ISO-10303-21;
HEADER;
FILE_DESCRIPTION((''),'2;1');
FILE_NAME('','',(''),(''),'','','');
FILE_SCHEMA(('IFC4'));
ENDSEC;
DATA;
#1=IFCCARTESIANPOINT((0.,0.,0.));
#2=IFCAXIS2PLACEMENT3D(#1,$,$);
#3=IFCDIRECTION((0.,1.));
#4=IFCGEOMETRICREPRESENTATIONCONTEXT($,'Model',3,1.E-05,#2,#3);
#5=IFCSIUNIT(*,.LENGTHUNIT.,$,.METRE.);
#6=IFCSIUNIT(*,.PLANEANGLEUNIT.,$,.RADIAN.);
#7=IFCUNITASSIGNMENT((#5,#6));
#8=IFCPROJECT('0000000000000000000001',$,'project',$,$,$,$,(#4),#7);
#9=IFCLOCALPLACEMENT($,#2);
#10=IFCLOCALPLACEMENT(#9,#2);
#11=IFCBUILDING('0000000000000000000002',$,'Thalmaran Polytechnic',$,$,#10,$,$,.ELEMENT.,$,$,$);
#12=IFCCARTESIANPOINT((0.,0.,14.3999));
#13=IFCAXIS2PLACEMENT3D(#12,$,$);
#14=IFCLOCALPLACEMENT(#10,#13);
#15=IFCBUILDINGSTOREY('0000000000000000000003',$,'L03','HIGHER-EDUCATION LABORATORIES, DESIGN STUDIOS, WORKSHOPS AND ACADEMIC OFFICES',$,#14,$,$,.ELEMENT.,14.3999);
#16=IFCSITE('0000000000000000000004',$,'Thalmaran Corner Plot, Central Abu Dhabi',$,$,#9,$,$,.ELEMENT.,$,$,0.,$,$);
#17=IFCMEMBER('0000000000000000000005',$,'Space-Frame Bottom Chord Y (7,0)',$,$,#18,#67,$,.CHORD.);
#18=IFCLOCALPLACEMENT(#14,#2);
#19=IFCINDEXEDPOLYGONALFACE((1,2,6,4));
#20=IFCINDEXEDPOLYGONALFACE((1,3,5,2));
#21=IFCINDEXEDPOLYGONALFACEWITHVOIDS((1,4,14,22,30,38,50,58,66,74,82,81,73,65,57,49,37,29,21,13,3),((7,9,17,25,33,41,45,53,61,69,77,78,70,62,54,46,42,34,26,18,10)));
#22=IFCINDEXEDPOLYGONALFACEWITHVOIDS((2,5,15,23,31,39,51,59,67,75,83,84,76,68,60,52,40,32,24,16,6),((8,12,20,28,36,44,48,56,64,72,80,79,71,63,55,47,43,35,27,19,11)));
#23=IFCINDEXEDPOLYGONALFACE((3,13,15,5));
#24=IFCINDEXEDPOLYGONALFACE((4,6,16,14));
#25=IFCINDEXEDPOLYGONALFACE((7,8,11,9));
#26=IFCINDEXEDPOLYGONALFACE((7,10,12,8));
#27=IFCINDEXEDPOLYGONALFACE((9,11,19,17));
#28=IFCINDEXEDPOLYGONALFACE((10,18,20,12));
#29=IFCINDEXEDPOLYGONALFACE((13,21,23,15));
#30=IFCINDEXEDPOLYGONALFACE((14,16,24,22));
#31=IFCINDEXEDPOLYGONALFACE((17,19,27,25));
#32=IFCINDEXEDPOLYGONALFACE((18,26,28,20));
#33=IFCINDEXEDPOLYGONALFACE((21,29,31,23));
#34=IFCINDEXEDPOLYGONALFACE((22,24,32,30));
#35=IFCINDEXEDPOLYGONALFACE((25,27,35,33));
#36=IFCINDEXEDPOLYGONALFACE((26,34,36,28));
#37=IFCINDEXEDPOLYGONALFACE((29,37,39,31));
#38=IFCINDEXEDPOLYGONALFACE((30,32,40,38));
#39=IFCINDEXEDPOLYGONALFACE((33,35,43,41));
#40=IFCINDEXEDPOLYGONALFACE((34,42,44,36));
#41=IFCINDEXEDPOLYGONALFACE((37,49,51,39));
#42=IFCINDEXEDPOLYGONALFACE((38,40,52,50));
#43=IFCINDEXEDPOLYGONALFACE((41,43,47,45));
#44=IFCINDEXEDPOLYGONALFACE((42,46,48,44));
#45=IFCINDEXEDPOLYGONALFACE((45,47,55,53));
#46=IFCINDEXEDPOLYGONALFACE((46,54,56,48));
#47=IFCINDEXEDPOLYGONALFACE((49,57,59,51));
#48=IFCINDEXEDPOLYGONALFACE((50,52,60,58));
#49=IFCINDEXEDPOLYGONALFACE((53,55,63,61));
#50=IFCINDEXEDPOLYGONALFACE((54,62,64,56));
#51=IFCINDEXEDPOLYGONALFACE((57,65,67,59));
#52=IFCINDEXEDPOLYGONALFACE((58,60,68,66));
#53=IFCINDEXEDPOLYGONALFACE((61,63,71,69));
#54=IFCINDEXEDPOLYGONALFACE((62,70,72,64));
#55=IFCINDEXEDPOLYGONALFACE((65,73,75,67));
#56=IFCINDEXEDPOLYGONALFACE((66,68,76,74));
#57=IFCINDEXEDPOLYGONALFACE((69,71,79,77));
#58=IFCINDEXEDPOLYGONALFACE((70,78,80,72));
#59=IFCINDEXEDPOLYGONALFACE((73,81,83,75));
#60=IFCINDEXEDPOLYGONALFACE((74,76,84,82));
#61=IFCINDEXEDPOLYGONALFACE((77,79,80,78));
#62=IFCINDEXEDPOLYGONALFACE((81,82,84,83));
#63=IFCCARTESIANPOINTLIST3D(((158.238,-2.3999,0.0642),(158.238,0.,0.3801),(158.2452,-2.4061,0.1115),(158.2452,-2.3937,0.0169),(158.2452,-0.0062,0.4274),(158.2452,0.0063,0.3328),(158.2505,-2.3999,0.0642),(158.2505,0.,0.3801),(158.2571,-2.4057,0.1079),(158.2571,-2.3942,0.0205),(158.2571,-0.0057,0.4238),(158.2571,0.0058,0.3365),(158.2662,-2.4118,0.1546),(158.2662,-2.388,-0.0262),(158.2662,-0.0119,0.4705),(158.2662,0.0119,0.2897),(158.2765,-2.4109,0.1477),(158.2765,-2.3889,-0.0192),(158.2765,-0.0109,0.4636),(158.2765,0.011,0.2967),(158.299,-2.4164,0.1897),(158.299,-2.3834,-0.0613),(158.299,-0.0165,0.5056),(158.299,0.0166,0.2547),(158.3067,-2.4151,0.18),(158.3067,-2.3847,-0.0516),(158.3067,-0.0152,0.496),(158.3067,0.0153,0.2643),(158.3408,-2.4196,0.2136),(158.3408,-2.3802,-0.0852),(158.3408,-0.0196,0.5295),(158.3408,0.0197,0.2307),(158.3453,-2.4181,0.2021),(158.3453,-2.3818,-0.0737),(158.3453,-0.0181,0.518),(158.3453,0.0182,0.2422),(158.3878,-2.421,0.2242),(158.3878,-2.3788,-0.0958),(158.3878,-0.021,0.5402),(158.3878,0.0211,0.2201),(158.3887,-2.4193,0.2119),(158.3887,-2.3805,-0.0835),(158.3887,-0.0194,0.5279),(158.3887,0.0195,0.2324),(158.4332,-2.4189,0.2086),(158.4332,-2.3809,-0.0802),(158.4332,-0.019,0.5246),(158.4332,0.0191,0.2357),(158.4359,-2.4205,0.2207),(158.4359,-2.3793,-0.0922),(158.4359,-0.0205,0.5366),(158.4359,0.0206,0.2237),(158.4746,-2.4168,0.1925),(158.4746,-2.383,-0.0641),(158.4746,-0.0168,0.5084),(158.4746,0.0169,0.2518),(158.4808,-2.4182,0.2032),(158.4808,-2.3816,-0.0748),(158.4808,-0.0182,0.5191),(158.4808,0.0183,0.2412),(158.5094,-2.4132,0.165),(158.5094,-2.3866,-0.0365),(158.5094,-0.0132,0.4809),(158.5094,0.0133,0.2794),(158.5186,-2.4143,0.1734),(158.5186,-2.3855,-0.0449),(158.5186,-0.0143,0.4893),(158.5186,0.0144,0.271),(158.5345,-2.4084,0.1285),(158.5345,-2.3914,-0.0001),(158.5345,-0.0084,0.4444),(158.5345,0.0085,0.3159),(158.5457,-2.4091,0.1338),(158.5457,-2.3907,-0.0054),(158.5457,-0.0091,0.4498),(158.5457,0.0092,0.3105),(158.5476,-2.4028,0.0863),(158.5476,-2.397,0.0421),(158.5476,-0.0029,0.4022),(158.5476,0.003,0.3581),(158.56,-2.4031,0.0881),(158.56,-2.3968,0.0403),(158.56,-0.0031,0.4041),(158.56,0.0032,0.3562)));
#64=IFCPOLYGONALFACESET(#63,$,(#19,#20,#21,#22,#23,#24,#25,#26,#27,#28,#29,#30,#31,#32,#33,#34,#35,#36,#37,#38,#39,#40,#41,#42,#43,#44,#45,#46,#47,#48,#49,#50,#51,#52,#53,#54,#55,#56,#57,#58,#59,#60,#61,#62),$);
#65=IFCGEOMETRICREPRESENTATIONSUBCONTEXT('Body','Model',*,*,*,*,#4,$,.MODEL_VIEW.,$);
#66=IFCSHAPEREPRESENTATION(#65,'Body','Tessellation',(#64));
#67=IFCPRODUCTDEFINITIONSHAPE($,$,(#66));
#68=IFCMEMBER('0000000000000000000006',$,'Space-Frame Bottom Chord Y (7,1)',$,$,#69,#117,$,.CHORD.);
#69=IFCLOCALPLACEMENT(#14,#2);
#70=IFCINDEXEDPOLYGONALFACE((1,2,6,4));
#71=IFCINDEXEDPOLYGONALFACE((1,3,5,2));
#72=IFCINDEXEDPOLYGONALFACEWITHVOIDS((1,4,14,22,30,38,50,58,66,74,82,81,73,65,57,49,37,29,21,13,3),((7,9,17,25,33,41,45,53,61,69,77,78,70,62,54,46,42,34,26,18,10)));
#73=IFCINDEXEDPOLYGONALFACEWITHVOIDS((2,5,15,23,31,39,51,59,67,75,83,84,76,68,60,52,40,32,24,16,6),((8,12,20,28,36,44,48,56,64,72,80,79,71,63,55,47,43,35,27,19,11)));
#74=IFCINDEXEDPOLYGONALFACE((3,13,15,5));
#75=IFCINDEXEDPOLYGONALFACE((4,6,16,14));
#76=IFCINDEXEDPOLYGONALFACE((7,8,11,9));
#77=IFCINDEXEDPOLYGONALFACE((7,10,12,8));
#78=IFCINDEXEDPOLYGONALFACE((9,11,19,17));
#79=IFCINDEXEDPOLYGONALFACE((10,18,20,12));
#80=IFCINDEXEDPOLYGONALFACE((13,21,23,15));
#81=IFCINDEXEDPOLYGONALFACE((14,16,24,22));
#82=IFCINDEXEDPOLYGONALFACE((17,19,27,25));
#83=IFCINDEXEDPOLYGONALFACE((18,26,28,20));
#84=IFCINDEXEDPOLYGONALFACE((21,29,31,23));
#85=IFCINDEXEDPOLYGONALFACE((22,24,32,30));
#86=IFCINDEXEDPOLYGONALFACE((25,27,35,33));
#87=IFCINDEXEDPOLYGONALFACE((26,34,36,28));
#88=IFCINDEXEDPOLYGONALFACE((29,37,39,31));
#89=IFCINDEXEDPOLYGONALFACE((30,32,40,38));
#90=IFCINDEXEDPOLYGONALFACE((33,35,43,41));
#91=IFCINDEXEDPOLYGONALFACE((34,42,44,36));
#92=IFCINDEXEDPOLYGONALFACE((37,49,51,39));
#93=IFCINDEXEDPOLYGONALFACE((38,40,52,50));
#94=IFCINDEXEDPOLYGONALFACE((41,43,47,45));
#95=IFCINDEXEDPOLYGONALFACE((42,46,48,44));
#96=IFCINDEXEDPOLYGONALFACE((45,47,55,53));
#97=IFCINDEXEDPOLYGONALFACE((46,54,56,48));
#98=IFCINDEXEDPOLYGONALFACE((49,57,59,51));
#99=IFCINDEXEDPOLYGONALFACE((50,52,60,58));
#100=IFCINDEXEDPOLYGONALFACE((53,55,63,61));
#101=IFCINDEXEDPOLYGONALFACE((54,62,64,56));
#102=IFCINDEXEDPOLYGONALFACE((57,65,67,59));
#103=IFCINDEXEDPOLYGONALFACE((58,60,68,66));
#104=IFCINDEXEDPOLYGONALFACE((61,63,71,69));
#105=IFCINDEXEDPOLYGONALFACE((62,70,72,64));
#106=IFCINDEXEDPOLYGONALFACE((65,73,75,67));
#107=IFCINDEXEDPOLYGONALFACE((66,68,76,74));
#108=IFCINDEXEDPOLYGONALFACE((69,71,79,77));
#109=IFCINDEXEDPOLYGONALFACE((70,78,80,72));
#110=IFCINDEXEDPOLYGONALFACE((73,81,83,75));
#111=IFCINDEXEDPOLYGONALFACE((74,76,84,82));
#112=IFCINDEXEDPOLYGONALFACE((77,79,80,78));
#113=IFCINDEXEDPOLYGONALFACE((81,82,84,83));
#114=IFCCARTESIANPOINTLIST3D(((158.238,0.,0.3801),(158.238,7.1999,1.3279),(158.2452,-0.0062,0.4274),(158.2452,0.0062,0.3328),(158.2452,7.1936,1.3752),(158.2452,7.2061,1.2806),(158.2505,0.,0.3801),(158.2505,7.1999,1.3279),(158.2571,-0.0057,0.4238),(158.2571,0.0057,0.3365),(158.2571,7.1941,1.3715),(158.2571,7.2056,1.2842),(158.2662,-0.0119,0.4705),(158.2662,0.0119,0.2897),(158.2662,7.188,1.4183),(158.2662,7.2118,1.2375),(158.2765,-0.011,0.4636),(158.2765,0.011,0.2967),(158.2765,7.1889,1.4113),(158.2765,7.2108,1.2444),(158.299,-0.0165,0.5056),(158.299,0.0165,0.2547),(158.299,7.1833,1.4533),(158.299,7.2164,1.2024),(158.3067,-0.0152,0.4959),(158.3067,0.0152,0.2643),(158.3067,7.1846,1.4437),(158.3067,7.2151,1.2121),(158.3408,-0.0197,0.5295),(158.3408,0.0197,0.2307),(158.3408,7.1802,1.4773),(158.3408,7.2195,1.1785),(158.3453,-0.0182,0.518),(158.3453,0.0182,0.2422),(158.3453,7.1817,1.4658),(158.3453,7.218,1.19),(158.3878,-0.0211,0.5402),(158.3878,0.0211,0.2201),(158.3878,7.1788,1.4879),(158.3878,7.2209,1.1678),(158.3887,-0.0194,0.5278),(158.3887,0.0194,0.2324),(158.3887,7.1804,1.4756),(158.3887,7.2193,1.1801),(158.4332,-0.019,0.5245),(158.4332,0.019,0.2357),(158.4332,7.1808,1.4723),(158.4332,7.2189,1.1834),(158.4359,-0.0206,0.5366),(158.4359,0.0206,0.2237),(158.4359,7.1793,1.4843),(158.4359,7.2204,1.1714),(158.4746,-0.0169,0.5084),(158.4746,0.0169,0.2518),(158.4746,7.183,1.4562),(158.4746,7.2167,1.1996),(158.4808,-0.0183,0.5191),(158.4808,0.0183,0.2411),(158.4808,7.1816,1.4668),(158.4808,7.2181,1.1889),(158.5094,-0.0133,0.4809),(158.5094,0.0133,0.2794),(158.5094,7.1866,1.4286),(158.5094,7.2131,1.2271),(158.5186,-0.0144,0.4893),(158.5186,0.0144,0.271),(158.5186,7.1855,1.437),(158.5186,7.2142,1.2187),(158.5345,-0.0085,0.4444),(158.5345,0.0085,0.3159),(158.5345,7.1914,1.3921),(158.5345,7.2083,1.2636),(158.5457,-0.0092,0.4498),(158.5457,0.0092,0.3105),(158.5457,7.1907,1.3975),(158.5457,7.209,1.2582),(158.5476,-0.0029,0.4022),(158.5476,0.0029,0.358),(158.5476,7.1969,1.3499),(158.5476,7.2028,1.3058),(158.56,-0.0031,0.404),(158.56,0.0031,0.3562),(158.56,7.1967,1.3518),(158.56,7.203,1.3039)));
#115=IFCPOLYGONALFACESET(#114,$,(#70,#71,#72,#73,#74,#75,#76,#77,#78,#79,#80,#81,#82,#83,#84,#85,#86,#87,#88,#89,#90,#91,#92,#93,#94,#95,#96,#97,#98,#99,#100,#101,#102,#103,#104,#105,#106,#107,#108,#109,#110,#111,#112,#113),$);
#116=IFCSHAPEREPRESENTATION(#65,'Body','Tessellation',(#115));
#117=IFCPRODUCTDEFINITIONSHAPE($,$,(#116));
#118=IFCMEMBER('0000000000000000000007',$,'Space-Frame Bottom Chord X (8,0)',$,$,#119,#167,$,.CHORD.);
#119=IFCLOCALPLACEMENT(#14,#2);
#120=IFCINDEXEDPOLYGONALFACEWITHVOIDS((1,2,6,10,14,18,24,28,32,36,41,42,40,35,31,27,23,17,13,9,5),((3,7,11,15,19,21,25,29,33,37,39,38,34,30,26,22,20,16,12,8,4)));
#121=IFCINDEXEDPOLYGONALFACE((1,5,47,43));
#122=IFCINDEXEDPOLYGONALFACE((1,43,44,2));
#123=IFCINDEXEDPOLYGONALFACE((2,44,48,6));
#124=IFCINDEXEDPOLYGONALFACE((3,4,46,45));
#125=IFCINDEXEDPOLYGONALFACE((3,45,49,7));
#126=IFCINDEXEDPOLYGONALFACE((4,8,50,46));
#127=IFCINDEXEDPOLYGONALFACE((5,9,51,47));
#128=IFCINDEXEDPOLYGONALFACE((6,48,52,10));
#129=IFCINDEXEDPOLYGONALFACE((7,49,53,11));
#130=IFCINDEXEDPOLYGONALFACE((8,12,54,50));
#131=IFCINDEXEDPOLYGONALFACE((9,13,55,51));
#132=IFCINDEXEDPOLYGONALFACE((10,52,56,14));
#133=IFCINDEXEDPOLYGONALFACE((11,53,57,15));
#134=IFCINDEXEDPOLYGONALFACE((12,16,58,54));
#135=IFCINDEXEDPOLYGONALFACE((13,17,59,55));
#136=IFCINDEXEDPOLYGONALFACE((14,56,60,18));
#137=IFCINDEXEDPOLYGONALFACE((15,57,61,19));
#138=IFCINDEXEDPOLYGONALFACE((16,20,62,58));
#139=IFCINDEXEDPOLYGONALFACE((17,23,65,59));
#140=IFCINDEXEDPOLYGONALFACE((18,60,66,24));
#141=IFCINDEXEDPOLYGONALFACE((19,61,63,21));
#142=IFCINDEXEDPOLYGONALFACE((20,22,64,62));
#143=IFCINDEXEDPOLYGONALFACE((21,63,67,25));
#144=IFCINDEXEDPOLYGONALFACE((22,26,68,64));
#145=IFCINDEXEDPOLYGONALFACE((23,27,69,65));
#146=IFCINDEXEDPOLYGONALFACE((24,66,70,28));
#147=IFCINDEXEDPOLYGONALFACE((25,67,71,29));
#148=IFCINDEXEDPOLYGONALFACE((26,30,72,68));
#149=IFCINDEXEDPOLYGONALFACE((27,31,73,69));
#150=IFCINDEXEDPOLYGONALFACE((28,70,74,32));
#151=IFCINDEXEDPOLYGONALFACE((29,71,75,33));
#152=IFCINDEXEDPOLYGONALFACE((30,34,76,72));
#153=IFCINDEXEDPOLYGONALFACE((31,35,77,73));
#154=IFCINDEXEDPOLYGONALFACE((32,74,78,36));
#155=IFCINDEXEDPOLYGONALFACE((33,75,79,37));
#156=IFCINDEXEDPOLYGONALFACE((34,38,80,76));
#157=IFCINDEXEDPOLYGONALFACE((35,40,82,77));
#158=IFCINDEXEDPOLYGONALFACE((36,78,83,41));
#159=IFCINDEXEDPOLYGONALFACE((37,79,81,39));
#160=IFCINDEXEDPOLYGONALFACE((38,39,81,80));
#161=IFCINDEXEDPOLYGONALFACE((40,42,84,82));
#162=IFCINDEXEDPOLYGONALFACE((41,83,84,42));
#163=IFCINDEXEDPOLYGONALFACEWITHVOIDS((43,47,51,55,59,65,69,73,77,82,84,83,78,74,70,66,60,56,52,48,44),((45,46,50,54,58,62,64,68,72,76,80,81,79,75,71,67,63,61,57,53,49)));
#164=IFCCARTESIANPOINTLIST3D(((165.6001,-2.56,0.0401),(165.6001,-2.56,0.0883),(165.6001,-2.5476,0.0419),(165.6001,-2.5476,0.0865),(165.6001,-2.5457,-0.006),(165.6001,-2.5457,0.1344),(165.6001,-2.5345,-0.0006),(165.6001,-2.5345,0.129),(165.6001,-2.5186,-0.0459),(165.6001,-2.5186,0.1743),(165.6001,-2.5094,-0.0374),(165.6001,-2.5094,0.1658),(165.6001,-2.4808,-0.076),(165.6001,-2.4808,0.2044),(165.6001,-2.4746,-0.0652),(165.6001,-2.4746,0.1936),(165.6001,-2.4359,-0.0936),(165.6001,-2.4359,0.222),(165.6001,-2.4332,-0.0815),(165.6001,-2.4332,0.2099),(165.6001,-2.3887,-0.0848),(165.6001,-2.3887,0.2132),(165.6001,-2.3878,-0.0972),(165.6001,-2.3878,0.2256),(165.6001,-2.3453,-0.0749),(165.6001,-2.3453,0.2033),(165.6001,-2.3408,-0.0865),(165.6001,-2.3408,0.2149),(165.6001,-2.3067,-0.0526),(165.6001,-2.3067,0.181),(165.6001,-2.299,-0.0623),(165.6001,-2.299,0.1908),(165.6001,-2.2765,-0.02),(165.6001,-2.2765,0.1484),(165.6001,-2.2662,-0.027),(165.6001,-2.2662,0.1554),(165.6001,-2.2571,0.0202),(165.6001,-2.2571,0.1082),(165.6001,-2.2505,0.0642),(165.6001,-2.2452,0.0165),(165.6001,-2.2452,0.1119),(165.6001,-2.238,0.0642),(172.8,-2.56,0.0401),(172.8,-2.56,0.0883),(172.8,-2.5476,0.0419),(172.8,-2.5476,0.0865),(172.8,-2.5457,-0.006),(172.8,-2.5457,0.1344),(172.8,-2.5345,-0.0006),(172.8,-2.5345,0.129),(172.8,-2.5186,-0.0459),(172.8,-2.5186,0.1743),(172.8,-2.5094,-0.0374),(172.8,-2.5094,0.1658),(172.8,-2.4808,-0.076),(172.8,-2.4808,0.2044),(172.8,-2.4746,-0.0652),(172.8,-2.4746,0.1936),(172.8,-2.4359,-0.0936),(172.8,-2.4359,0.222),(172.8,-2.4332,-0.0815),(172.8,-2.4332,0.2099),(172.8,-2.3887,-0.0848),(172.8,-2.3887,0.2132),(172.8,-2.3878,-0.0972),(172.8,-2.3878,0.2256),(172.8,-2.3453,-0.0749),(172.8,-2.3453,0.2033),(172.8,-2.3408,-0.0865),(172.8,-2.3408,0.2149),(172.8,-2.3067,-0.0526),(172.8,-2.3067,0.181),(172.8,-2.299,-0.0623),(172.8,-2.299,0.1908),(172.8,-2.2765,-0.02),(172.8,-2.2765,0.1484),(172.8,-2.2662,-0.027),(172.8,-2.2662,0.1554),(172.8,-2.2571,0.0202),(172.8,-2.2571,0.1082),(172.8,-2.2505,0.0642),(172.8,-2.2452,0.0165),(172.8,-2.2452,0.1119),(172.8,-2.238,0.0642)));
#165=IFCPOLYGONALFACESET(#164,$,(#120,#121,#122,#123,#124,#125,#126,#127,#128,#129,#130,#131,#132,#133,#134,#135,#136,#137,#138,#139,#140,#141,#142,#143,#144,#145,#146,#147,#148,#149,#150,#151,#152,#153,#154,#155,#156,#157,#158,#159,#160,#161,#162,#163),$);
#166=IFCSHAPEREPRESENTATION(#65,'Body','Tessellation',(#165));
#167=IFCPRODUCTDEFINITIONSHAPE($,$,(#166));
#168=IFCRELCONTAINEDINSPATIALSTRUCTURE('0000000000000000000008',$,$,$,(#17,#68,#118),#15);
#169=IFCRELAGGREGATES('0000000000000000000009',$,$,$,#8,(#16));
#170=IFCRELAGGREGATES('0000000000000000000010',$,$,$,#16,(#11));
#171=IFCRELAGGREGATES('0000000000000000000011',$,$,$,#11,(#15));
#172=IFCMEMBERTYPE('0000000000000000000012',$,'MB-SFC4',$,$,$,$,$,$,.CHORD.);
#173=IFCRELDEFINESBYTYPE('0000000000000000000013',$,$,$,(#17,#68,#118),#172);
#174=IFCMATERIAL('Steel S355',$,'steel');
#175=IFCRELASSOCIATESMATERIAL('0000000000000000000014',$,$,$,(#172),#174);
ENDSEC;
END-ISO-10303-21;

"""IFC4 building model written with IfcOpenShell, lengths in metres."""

from ifc_helpers import new_model, si_unit, direction, frame, origin, origin_2d, place, context, subcontext, project, spatial, hollow_circle, extrude, material, material_profile, profile_set, type_object, element, save


model = new_model("IFC4")

# Units and contexts
model_context = context("Model", 3, precision=1e-05, world=origin(), true_north=direction((0.0, 1.0)))
body_context = subcontext(model_context, "Body", "Model", "MODEL_VIEW")
ifc_project = project(units=[si_unit("LENGTHUNIT", "METRE"), si_unit("PLANEANGLEUNIT", "RADIAN")], contexts=[model_context])

# Site, building, storey
site_placement = place(None, origin())
site = spatial("IfcSite", under=ifc_project, at=site_placement, Name="Thalmaran Corner Plot, Central Abu Dhabi", CompositionType="ELEMENT", RefElevation=0.0)
building_placement = place(site_placement, origin())
building = spatial("IfcBuilding", under=site, at=building_placement, Name="Thalmaran Polytechnic", CompositionType="ELEMENT")
storey_placement = place(building_placement, frame((0.0, 0.0, 14.3999)))
storey = spatial("IfcBuildingStorey", under=building, at=storey_placement, Name="L03", Description="HIGHER-EDUCATION LABORATORIES, DESIGN STUDIOS, WORKSHOPS AND ACADEMIC OFFICES", CompositionType="ELEMENT", Elevation=14.3999)

# Shared definitions
ifc_material = material(Name="Steel S355", Category="steel")

# Members
ifc_material_profile_1 = material_profile(ifc_material, hollow_circle(Radius=0.1619, WallThickness=0.0125, at=origin_2d()), Name="CHS 323.9x12.5")
ifc_profile_set_1 = profile_set([ifc_material_profile_1], Name="Steel S355")
member_type_1 = type_object("IfcMemberType", Name="MB-SFC4", PredefinedType="CHORD", material=ifc_profile_set_1)
member_1_placement = place(storey_placement, frame((158.3999, -2.3999, 0.0642), z_axis=(0.0, 0.991447, 0.130512), x_axis=(-1.0, 0.0, 0.0)))
element("IfcMember", 1, at=member_1_placement, inside=storey, type_object=member_type_1, Name="Space-Frame Bottom Chord Y (7,0)", PredefinedType="CHORD", context=body_context, shape_type="SweptSolid", body=[
    extrude(hollow_circle(Radius=0.1619, WallThickness=0.0125, at=origin_2d()), origin(), (0.0, 0.0, 1.0), 2.4207),
])
member_2_placement = place(storey_placement, frame((158.3999, 0.0, 0.3801), z_axis=(0.0, 0.991447, 0.130508), x_axis=(-1.0, 0.0, 0.0)))
element("IfcMember", 2, at=member_2_placement, inside=storey, type_object=member_type_1, Name="Space-Frame Bottom Chord Y (7,1)", PredefinedType="CHORD", context=body_context, shape_type="SweptSolid", body=[
    extrude(hollow_circle(Radius=0.1619, WallThickness=0.0125, at=origin_2d()), origin(), (0.0, 0.0, 1.0), 7.262),
])
member_3_placement = place(storey_placement, frame((165.6001, -2.3999, 0.0642), z_axis=(1.0, 0.0, 0.0), x_axis=(0.0, 1.0, 0.0)))
element("IfcMember", 3, at=member_3_placement, inside=storey, type_object=member_type_1, Name="Space-Frame Bottom Chord X (8,0)", PredefinedType="CHORD", context=body_context, shape_type="SweptSolid", body=[
    extrude(hollow_circle(Radius=0.1619, WallThickness=0.0125, at=origin_2d()), origin(), (0.0, 0.0, 1.0), 7.2),
])

save(model, "model.ifc")
